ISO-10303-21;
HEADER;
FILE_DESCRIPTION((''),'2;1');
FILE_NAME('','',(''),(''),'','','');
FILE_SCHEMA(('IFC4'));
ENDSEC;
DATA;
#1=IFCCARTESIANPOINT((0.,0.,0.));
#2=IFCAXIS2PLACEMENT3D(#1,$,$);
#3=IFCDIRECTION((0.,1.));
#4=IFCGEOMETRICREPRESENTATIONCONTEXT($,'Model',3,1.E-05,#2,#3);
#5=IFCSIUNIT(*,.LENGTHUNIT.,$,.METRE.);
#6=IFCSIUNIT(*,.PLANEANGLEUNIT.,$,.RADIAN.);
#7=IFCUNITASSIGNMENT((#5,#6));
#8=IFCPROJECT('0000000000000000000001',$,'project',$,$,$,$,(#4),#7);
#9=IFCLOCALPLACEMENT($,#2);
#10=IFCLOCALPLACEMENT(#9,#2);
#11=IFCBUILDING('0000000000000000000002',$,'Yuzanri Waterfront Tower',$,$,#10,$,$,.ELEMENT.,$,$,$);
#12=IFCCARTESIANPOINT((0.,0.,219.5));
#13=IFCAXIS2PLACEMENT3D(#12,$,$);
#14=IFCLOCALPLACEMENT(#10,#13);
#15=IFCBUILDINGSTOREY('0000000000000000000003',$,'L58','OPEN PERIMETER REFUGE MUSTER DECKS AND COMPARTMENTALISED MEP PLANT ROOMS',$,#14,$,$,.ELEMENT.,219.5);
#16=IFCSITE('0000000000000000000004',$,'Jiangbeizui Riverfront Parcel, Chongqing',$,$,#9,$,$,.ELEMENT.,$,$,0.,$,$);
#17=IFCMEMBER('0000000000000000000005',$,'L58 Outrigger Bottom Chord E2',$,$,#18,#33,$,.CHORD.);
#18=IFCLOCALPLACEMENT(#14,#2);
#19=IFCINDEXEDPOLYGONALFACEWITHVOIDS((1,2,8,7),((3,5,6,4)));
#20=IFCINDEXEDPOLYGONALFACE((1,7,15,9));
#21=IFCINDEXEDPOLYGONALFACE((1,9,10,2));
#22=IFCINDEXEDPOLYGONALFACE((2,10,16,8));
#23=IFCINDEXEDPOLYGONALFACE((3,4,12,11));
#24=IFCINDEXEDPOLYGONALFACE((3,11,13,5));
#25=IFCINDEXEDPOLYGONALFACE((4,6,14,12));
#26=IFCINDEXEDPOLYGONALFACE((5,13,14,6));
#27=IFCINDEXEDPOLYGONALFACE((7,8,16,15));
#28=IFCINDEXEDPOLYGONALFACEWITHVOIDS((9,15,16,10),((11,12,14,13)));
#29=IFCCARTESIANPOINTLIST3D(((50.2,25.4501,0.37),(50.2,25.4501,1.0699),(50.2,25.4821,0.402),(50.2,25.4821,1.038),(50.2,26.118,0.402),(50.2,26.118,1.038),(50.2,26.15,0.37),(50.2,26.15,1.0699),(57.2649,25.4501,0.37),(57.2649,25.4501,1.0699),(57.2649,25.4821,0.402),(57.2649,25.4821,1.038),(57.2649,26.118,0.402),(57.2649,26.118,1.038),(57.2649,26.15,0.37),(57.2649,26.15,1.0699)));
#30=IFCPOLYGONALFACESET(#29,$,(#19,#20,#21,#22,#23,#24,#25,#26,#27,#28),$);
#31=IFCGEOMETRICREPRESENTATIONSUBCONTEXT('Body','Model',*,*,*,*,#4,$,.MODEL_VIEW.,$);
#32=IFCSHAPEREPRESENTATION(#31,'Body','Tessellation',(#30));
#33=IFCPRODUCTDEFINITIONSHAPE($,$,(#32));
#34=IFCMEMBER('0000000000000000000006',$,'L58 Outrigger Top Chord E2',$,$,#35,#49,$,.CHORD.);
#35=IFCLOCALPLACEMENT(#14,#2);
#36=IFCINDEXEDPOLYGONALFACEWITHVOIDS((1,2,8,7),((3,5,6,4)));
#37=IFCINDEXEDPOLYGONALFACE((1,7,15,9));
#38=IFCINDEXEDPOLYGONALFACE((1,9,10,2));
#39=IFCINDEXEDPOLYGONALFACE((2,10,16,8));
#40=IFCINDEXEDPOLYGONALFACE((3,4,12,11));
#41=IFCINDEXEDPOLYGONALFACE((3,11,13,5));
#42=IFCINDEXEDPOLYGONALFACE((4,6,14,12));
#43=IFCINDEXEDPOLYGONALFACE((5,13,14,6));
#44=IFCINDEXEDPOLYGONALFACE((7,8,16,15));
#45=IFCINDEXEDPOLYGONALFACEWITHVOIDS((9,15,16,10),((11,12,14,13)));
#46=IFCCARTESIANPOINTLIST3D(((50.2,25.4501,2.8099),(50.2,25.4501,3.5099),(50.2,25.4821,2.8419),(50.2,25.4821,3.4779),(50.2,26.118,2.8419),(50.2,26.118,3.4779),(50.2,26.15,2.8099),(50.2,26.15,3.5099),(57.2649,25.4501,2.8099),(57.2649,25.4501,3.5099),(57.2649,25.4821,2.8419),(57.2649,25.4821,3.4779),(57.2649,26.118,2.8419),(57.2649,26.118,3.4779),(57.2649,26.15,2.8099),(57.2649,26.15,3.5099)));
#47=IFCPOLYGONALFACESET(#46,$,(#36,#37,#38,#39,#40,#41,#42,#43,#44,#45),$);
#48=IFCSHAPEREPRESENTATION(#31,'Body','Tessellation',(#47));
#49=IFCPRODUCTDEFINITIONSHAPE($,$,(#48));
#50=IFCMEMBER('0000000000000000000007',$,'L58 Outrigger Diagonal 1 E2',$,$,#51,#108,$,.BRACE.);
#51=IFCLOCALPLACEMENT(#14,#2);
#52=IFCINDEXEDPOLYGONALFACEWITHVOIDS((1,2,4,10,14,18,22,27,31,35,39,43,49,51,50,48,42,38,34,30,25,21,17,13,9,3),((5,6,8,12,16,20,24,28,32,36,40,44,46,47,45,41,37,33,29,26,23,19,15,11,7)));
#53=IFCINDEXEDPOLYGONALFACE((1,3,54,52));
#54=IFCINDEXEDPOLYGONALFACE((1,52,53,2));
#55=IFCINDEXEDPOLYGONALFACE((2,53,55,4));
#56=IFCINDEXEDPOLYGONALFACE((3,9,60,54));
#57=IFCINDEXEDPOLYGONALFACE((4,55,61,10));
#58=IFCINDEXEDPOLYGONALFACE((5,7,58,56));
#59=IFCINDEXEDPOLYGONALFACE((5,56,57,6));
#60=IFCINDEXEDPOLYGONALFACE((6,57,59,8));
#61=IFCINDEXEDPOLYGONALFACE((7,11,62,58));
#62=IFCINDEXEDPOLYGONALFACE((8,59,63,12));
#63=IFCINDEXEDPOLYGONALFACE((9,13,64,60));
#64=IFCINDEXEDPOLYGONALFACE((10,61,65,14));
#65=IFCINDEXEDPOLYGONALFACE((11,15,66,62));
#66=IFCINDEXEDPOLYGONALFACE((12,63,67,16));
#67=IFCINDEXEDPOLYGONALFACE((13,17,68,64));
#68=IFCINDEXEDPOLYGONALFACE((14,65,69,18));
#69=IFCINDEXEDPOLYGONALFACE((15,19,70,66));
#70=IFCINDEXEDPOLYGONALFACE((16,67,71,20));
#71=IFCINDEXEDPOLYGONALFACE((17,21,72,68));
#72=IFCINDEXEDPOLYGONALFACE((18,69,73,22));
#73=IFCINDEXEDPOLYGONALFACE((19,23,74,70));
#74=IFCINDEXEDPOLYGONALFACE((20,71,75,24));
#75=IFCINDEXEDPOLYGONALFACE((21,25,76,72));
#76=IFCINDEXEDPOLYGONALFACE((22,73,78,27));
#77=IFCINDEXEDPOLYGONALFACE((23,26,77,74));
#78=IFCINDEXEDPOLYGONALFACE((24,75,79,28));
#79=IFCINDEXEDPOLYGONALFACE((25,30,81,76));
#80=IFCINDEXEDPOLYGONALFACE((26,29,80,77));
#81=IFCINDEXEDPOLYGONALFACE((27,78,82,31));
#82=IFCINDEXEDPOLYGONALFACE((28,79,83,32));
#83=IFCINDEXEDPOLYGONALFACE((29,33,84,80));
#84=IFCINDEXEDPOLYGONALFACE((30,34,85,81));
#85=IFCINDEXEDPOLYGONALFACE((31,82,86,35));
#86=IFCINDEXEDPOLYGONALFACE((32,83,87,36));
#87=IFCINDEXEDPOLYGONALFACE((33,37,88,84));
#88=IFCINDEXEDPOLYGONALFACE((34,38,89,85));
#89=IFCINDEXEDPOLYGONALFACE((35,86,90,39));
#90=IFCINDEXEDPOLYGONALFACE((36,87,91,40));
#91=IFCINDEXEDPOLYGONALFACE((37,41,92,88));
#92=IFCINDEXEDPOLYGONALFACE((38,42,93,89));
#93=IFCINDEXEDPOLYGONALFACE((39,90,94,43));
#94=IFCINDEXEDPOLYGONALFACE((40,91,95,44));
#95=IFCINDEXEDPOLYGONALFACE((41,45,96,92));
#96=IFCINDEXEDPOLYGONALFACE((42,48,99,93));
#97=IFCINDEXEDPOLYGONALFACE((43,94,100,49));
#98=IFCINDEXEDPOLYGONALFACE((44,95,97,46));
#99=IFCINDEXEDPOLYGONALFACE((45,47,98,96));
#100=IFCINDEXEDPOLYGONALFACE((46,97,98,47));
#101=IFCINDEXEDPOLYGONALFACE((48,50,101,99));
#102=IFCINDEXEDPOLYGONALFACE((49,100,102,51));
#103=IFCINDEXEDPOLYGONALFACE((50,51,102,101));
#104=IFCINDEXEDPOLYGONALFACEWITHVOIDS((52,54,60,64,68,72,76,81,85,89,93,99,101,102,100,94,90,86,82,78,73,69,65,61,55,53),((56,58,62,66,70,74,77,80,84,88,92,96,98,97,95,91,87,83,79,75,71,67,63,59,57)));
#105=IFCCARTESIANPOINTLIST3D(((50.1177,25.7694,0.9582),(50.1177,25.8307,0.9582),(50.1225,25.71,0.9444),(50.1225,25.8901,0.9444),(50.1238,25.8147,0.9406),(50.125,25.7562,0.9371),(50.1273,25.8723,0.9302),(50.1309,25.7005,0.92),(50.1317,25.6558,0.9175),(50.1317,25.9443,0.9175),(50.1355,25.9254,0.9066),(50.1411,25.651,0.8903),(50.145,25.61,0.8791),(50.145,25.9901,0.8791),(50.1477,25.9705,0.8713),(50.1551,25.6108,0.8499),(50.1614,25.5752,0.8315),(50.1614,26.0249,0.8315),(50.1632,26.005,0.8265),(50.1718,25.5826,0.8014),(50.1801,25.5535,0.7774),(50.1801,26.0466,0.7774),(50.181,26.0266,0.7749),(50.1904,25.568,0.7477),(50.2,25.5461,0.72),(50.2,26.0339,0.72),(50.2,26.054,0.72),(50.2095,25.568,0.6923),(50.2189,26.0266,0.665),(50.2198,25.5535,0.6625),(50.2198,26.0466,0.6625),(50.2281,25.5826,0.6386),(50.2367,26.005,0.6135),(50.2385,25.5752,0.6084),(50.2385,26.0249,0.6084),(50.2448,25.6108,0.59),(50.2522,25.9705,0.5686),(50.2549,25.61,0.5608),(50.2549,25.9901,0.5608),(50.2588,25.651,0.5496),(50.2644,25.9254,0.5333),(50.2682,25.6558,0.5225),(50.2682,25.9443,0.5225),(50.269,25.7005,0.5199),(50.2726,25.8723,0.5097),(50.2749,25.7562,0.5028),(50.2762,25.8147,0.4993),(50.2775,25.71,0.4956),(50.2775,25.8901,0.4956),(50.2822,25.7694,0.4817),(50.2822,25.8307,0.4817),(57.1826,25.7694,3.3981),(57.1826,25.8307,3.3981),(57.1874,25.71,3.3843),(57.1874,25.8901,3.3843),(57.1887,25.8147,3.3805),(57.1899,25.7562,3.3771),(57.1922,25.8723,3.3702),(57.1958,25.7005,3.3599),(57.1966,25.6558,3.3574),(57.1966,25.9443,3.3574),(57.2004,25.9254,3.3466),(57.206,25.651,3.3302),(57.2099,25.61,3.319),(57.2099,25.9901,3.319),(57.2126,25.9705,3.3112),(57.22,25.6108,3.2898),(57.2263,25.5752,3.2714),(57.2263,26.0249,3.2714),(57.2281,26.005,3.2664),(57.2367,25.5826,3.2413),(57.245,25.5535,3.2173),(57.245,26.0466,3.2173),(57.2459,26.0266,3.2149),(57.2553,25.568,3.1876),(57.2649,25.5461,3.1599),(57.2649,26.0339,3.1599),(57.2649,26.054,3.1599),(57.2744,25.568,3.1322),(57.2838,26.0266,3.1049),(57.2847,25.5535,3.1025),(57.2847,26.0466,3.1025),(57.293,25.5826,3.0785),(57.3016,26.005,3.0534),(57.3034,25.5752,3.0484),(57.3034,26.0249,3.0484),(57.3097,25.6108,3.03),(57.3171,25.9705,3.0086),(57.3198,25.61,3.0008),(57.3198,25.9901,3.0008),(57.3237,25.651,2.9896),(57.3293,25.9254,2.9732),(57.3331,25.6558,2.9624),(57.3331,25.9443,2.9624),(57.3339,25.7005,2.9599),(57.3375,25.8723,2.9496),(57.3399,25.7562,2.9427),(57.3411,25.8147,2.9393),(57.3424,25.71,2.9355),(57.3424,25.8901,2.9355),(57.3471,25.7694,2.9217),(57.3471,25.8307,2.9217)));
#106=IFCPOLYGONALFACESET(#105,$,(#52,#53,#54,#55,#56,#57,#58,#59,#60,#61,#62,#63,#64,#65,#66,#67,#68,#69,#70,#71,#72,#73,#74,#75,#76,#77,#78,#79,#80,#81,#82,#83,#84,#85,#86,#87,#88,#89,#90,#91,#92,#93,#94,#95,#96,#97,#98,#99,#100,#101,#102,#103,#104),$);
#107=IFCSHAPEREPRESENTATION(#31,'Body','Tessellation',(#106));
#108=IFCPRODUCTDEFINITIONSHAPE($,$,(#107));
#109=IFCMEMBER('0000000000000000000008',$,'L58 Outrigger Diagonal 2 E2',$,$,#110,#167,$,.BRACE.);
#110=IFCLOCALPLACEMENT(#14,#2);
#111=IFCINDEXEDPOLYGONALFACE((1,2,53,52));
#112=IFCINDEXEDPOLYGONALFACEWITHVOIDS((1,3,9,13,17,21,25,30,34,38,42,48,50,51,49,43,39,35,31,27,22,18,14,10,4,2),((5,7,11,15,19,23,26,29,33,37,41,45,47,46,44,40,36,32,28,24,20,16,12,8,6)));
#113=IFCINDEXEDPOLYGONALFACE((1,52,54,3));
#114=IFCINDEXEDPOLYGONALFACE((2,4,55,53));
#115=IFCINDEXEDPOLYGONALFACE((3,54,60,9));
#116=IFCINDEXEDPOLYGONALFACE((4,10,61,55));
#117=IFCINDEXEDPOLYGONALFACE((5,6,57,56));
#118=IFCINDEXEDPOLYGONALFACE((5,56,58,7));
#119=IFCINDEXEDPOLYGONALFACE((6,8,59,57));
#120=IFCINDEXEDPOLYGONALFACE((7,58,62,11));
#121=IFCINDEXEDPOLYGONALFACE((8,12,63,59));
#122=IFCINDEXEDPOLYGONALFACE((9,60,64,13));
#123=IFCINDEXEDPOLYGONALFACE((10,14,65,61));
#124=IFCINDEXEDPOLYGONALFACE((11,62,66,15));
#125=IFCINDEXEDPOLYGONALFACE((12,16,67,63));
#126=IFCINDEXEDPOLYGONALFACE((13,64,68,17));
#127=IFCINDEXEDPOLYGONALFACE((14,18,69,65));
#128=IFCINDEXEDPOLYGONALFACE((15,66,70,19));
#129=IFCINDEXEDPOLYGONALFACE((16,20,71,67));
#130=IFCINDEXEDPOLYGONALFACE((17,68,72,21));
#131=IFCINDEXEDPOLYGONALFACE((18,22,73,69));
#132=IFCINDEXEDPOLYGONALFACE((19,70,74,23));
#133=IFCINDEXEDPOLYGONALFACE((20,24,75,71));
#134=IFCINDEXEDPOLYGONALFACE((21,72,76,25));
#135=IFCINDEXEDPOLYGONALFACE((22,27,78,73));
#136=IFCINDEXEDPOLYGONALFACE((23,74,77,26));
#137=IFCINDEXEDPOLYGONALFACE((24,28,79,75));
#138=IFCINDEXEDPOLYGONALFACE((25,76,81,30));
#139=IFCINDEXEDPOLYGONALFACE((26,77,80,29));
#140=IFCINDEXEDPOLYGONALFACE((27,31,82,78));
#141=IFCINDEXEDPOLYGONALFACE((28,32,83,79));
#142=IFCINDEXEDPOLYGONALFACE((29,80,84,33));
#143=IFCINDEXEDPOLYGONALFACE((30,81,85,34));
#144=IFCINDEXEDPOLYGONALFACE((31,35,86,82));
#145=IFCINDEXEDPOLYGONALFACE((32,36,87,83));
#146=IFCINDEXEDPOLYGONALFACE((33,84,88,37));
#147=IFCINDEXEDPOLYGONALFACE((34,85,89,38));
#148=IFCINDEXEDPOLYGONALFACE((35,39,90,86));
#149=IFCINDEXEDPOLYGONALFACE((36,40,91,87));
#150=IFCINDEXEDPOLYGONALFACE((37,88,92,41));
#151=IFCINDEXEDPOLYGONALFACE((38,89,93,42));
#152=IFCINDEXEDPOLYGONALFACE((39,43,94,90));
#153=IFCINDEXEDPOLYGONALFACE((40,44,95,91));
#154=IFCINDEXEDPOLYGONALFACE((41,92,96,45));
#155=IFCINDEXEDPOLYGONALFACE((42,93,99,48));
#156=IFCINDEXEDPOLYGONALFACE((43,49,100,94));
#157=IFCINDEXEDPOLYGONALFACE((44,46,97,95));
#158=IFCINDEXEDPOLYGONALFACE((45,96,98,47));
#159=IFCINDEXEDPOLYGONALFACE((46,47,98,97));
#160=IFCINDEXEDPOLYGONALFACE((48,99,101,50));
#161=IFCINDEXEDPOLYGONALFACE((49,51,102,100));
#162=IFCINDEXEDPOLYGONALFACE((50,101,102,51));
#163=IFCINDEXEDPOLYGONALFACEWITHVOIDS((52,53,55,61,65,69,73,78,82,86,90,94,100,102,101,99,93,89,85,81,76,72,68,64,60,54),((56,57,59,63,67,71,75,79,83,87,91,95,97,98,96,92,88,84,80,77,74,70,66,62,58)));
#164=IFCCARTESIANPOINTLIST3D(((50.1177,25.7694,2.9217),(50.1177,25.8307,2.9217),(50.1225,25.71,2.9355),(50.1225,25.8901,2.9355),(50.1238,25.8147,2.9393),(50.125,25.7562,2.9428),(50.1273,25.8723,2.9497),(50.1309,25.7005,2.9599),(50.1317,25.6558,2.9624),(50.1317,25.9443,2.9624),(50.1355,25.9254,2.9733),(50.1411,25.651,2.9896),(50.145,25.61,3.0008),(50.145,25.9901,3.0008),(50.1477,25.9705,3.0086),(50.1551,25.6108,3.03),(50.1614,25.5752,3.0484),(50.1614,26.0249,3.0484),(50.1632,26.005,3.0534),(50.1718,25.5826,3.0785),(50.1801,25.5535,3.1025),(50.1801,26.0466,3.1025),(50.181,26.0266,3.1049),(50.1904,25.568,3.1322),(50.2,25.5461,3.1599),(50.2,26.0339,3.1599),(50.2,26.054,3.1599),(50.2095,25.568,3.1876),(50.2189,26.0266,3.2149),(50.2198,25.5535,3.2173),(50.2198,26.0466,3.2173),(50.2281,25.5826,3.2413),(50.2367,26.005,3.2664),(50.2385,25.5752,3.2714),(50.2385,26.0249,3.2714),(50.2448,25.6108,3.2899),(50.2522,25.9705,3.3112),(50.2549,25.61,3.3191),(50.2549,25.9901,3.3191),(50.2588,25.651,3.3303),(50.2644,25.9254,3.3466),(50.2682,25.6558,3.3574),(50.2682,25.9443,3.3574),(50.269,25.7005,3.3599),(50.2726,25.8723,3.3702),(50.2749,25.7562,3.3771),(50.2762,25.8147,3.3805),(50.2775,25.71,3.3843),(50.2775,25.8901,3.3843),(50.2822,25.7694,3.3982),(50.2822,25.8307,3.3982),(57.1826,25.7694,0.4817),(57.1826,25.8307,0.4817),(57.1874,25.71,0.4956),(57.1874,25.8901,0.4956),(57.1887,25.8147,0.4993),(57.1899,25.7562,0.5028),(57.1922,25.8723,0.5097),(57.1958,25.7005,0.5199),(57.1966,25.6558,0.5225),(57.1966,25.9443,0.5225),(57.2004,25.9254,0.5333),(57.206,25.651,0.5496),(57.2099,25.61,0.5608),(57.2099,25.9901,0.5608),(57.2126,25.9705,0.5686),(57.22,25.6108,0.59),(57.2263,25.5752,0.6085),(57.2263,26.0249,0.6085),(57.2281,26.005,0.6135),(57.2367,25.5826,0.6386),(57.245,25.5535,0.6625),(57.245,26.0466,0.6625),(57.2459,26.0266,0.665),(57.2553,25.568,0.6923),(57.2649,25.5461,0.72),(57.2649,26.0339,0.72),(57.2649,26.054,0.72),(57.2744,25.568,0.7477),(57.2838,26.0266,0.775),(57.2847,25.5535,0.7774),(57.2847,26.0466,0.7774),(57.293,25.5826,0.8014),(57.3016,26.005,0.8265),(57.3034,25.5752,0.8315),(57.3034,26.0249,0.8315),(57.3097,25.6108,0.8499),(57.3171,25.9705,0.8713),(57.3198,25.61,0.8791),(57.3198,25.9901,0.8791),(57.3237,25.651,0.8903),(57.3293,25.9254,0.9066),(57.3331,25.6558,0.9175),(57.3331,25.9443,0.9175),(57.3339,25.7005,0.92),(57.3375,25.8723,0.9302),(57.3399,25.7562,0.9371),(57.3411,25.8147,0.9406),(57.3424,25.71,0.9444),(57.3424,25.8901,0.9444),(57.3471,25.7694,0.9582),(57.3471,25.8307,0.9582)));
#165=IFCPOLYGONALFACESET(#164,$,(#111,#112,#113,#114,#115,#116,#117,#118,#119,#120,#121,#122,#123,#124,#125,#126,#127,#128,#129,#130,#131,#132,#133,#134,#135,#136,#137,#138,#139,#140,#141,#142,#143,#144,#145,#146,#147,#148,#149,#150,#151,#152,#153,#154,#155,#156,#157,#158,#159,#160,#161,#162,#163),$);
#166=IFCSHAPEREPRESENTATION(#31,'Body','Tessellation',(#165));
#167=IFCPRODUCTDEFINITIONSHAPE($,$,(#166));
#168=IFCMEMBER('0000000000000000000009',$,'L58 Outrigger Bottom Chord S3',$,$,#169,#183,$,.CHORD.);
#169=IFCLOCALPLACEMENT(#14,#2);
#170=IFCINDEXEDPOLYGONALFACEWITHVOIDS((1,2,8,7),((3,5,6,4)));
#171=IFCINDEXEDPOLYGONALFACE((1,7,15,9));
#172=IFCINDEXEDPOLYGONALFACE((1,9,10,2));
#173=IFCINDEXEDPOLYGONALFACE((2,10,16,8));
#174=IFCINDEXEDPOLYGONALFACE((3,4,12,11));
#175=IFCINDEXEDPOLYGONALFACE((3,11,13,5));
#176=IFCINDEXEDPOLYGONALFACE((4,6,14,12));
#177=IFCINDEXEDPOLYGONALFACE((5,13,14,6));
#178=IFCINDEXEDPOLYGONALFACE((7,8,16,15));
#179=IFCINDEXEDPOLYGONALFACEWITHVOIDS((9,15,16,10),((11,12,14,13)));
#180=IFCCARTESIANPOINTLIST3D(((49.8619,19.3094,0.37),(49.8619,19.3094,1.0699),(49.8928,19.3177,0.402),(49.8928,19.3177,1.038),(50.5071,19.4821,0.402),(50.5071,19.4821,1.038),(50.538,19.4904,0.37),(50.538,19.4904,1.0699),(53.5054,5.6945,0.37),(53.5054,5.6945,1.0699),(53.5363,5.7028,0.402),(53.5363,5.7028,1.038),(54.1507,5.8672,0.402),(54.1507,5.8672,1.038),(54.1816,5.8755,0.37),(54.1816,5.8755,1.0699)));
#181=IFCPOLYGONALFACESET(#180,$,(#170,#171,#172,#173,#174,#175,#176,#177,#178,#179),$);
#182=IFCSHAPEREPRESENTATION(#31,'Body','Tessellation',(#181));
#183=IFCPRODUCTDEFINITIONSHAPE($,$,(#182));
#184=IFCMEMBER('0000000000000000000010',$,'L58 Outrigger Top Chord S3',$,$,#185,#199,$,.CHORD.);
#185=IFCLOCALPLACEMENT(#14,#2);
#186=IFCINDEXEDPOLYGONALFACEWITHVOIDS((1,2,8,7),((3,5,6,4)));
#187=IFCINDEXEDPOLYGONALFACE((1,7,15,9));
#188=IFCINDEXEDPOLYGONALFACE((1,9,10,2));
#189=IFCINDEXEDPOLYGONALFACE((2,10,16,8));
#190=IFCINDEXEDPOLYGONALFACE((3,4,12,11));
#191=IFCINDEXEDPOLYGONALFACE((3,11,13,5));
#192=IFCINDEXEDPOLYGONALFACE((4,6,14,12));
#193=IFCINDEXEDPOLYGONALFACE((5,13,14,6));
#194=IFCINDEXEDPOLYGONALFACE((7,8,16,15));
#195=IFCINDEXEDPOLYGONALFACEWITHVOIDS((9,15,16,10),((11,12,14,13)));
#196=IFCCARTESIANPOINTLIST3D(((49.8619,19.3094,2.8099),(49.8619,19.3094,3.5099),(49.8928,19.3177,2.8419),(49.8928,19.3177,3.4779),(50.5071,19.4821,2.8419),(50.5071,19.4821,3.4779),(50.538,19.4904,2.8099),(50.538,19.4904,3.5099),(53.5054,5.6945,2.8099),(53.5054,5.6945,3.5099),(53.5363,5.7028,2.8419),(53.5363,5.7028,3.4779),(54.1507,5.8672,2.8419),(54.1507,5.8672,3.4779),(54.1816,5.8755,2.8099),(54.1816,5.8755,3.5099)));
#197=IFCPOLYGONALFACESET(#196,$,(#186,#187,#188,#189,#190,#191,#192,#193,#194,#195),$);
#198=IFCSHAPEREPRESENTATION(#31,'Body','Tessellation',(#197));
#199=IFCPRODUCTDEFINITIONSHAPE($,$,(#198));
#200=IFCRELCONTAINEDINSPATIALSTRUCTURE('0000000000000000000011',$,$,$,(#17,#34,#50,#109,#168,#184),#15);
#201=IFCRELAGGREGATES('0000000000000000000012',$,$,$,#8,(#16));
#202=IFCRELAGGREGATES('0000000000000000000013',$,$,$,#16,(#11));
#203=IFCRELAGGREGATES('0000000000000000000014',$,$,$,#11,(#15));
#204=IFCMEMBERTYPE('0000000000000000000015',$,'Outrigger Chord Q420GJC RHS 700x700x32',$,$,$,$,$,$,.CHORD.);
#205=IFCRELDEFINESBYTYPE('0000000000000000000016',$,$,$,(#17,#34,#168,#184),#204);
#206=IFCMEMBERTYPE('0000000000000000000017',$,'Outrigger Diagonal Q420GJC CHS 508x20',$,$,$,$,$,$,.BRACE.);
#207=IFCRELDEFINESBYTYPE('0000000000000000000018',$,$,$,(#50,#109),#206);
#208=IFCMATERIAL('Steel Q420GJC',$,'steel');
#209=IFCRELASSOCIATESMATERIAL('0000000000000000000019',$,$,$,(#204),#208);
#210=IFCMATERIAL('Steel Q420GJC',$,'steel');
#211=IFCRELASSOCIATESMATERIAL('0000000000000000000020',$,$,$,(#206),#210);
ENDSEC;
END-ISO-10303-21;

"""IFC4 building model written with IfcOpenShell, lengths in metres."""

from ifc_helpers import new_model, si_unit, direction, frame, origin, origin_2d, place, context, subcontext, project, spatial, hollow_rectangle, hollow_circle, extrude, source, transform, mapped, material, material_profile, profile_set, type_object, element, save


model = new_model("IFC4")

# Units and contexts
model_context = context("Model", 3, precision=1e-05, world=origin(), true_north=direction((0.0, 1.0)))
body_context = subcontext(model_context, "Body", "Model", "MODEL_VIEW")
ifc_project = project(units=[si_unit("LENGTHUNIT", "METRE"), si_unit("PLANEANGLEUNIT", "RADIAN")], contexts=[model_context])

# Site, building, storey
site_placement = place(None, origin())
site = spatial("IfcSite", under=ifc_project, at=site_placement, Name="Jiangbeizui Riverfront Parcel, Chongqing", CompositionType="ELEMENT", RefElevation=0.0)
building_placement = place(site_placement, origin())
building = spatial("IfcBuilding", under=site, at=building_placement, Name="Yuzanri Waterfront Tower", CompositionType="ELEMENT")
storey_placement = place(building_placement, frame((0.0, 0.0, 219.5)))
storey = spatial("IfcBuildingStorey", under=building, at=storey_placement, Name="L58", Description="OPEN PERIMETER REFUGE MUSTER DECKS AND COMPARTMENTALISED MEP PLANT ROOMS", CompositionType="ELEMENT", Elevation=219.5)

# Members
ifc_material_1 = material(Name="Steel Q420GJC", Category="steel")
ifc_material_profile_1 = material_profile(ifc_material_1, hollow_rectangle(XDim=0.7, YDim=0.7, WallThickness=0.032, at=origin_2d()), Name="RHS 700x700x32")
ifc_profile_set_1 = profile_set([ifc_material_profile_1], Name="Steel Q420GJC")
member_type_1 = type_object("IfcMemberType", Name="Outrigger Chord Q420GJC RHS 700x700x32", PredefinedType="CHORD", material=ifc_profile_set_1)
shared_shape_1 = source(origin(), body_context, "Body", "SweptSolid", [
    extrude(hollow_rectangle(XDim=0.7, YDim=0.7, WallThickness=0.032, at=origin_2d()), origin(), (0.0, 0.0, 1.0), 7.0649),
])
for number, where, z_axis, x_axis, name in (
    (1, (50.2, 25.8, 0.72), (1.0, 0.0, 0.0), (0.0, 1.0, 0.0), "L58 Outrigger Bottom Chord E2"),
    (2, (50.2, 25.8, 3.1599), (1.0, 0.0, 0.0), (0.0, 1.0, 0.0), "L58 Outrigger Top Chord E2"),
):
    element("IfcMember", number, at=place(storey_placement, frame(where, z_axis=z_axis, x_axis=x_axis)), inside=storey, type_object=member_type_1, Name=name, PredefinedType="CHORD", context=body_context, shape_type="MappedRepresentation", body=[
        mapped(shared_shape_1, transform((0.0, 0.0, 0.0), scale=1.0)),
    ])
ifc_material_2 = material(Name="Steel Q420GJC", Category="steel")
ifc_material_profile_2 = material_profile(ifc_material_2, hollow_circle(Radius=0.2539, WallThickness=0.02, at=origin_2d()), Name="CHS 508x20")
ifc_profile_set_2 = profile_set([ifc_material_profile_2], Name="Steel Q420GJC")
member_type_2 = type_object("IfcMemberType", Name="Outrigger Diagonal Q420GJC CHS 508x20", PredefinedType="BRACE", material=ifc_profile_set_2)
shared_shape_2 = source(origin(), body_context, "Body", "SweptSolid", [
    extrude(hollow_circle(Radius=0.2539, WallThickness=0.02, at=origin_2d()), origin(), (0.0, 0.0, 1.0), 7.4744),
])
for number, where, z_axis, x_axis, name in (
    (3, (50.2, 25.8, 0.72), (0.945218, 0.0, 0.32644), (0.0, 1.0, 0.0), "L58 Outrigger Diagonal 1 E2"),
    (4, (50.2, 25.8, 3.1599), (0.945218, 0.0, -0.32644), (0.0, 1.0, 0.0), "L58 Outrigger Diagonal 2 E2"),
):
    element("IfcMember", number, at=place(storey_placement, frame(where, z_axis=z_axis, x_axis=x_axis)), inside=storey, type_object=member_type_2, Name=name, PredefinedType="BRACE", context=body_context, shape_type="MappedRepresentation", body=[
        mapped(shared_shape_2, transform((0.0, 0.0, 0.0), scale=1.0)),
    ])
shared_shape_3 = source(origin(), body_context, "Body", "SweptSolid", [
    extrude(hollow_rectangle(XDim=0.7, YDim=0.7, WallThickness=0.032, at=origin_2d()), origin(), (0.0, 0.0, 1.0), 14.094),
])
for number, where, z_axis, x_axis, name in (
    (5, (50.2, 19.3999, 0.72), (0.258516, -0.966007, 0.0), (0.966007, 0.258516, 0.0), "L58 Outrigger Bottom Chord S3"),
    (6, (50.2, 19.3999, 3.1599), (0.258516, -0.966007, 0.0), (0.966007, 0.258516, 0.0), "L58 Outrigger Top Chord S3"),
):
    element("IfcMember", number, at=place(storey_placement, frame(where, z_axis=z_axis, x_axis=x_axis)), inside=storey, type_object=member_type_1, Name=name, PredefinedType="CHORD", context=body_context, shape_type="MappedRepresentation", body=[
        mapped(shared_shape_3, transform((0.0, 0.0, 0.0), scale=1.0)),
    ])

save(model, "model.ifc")
